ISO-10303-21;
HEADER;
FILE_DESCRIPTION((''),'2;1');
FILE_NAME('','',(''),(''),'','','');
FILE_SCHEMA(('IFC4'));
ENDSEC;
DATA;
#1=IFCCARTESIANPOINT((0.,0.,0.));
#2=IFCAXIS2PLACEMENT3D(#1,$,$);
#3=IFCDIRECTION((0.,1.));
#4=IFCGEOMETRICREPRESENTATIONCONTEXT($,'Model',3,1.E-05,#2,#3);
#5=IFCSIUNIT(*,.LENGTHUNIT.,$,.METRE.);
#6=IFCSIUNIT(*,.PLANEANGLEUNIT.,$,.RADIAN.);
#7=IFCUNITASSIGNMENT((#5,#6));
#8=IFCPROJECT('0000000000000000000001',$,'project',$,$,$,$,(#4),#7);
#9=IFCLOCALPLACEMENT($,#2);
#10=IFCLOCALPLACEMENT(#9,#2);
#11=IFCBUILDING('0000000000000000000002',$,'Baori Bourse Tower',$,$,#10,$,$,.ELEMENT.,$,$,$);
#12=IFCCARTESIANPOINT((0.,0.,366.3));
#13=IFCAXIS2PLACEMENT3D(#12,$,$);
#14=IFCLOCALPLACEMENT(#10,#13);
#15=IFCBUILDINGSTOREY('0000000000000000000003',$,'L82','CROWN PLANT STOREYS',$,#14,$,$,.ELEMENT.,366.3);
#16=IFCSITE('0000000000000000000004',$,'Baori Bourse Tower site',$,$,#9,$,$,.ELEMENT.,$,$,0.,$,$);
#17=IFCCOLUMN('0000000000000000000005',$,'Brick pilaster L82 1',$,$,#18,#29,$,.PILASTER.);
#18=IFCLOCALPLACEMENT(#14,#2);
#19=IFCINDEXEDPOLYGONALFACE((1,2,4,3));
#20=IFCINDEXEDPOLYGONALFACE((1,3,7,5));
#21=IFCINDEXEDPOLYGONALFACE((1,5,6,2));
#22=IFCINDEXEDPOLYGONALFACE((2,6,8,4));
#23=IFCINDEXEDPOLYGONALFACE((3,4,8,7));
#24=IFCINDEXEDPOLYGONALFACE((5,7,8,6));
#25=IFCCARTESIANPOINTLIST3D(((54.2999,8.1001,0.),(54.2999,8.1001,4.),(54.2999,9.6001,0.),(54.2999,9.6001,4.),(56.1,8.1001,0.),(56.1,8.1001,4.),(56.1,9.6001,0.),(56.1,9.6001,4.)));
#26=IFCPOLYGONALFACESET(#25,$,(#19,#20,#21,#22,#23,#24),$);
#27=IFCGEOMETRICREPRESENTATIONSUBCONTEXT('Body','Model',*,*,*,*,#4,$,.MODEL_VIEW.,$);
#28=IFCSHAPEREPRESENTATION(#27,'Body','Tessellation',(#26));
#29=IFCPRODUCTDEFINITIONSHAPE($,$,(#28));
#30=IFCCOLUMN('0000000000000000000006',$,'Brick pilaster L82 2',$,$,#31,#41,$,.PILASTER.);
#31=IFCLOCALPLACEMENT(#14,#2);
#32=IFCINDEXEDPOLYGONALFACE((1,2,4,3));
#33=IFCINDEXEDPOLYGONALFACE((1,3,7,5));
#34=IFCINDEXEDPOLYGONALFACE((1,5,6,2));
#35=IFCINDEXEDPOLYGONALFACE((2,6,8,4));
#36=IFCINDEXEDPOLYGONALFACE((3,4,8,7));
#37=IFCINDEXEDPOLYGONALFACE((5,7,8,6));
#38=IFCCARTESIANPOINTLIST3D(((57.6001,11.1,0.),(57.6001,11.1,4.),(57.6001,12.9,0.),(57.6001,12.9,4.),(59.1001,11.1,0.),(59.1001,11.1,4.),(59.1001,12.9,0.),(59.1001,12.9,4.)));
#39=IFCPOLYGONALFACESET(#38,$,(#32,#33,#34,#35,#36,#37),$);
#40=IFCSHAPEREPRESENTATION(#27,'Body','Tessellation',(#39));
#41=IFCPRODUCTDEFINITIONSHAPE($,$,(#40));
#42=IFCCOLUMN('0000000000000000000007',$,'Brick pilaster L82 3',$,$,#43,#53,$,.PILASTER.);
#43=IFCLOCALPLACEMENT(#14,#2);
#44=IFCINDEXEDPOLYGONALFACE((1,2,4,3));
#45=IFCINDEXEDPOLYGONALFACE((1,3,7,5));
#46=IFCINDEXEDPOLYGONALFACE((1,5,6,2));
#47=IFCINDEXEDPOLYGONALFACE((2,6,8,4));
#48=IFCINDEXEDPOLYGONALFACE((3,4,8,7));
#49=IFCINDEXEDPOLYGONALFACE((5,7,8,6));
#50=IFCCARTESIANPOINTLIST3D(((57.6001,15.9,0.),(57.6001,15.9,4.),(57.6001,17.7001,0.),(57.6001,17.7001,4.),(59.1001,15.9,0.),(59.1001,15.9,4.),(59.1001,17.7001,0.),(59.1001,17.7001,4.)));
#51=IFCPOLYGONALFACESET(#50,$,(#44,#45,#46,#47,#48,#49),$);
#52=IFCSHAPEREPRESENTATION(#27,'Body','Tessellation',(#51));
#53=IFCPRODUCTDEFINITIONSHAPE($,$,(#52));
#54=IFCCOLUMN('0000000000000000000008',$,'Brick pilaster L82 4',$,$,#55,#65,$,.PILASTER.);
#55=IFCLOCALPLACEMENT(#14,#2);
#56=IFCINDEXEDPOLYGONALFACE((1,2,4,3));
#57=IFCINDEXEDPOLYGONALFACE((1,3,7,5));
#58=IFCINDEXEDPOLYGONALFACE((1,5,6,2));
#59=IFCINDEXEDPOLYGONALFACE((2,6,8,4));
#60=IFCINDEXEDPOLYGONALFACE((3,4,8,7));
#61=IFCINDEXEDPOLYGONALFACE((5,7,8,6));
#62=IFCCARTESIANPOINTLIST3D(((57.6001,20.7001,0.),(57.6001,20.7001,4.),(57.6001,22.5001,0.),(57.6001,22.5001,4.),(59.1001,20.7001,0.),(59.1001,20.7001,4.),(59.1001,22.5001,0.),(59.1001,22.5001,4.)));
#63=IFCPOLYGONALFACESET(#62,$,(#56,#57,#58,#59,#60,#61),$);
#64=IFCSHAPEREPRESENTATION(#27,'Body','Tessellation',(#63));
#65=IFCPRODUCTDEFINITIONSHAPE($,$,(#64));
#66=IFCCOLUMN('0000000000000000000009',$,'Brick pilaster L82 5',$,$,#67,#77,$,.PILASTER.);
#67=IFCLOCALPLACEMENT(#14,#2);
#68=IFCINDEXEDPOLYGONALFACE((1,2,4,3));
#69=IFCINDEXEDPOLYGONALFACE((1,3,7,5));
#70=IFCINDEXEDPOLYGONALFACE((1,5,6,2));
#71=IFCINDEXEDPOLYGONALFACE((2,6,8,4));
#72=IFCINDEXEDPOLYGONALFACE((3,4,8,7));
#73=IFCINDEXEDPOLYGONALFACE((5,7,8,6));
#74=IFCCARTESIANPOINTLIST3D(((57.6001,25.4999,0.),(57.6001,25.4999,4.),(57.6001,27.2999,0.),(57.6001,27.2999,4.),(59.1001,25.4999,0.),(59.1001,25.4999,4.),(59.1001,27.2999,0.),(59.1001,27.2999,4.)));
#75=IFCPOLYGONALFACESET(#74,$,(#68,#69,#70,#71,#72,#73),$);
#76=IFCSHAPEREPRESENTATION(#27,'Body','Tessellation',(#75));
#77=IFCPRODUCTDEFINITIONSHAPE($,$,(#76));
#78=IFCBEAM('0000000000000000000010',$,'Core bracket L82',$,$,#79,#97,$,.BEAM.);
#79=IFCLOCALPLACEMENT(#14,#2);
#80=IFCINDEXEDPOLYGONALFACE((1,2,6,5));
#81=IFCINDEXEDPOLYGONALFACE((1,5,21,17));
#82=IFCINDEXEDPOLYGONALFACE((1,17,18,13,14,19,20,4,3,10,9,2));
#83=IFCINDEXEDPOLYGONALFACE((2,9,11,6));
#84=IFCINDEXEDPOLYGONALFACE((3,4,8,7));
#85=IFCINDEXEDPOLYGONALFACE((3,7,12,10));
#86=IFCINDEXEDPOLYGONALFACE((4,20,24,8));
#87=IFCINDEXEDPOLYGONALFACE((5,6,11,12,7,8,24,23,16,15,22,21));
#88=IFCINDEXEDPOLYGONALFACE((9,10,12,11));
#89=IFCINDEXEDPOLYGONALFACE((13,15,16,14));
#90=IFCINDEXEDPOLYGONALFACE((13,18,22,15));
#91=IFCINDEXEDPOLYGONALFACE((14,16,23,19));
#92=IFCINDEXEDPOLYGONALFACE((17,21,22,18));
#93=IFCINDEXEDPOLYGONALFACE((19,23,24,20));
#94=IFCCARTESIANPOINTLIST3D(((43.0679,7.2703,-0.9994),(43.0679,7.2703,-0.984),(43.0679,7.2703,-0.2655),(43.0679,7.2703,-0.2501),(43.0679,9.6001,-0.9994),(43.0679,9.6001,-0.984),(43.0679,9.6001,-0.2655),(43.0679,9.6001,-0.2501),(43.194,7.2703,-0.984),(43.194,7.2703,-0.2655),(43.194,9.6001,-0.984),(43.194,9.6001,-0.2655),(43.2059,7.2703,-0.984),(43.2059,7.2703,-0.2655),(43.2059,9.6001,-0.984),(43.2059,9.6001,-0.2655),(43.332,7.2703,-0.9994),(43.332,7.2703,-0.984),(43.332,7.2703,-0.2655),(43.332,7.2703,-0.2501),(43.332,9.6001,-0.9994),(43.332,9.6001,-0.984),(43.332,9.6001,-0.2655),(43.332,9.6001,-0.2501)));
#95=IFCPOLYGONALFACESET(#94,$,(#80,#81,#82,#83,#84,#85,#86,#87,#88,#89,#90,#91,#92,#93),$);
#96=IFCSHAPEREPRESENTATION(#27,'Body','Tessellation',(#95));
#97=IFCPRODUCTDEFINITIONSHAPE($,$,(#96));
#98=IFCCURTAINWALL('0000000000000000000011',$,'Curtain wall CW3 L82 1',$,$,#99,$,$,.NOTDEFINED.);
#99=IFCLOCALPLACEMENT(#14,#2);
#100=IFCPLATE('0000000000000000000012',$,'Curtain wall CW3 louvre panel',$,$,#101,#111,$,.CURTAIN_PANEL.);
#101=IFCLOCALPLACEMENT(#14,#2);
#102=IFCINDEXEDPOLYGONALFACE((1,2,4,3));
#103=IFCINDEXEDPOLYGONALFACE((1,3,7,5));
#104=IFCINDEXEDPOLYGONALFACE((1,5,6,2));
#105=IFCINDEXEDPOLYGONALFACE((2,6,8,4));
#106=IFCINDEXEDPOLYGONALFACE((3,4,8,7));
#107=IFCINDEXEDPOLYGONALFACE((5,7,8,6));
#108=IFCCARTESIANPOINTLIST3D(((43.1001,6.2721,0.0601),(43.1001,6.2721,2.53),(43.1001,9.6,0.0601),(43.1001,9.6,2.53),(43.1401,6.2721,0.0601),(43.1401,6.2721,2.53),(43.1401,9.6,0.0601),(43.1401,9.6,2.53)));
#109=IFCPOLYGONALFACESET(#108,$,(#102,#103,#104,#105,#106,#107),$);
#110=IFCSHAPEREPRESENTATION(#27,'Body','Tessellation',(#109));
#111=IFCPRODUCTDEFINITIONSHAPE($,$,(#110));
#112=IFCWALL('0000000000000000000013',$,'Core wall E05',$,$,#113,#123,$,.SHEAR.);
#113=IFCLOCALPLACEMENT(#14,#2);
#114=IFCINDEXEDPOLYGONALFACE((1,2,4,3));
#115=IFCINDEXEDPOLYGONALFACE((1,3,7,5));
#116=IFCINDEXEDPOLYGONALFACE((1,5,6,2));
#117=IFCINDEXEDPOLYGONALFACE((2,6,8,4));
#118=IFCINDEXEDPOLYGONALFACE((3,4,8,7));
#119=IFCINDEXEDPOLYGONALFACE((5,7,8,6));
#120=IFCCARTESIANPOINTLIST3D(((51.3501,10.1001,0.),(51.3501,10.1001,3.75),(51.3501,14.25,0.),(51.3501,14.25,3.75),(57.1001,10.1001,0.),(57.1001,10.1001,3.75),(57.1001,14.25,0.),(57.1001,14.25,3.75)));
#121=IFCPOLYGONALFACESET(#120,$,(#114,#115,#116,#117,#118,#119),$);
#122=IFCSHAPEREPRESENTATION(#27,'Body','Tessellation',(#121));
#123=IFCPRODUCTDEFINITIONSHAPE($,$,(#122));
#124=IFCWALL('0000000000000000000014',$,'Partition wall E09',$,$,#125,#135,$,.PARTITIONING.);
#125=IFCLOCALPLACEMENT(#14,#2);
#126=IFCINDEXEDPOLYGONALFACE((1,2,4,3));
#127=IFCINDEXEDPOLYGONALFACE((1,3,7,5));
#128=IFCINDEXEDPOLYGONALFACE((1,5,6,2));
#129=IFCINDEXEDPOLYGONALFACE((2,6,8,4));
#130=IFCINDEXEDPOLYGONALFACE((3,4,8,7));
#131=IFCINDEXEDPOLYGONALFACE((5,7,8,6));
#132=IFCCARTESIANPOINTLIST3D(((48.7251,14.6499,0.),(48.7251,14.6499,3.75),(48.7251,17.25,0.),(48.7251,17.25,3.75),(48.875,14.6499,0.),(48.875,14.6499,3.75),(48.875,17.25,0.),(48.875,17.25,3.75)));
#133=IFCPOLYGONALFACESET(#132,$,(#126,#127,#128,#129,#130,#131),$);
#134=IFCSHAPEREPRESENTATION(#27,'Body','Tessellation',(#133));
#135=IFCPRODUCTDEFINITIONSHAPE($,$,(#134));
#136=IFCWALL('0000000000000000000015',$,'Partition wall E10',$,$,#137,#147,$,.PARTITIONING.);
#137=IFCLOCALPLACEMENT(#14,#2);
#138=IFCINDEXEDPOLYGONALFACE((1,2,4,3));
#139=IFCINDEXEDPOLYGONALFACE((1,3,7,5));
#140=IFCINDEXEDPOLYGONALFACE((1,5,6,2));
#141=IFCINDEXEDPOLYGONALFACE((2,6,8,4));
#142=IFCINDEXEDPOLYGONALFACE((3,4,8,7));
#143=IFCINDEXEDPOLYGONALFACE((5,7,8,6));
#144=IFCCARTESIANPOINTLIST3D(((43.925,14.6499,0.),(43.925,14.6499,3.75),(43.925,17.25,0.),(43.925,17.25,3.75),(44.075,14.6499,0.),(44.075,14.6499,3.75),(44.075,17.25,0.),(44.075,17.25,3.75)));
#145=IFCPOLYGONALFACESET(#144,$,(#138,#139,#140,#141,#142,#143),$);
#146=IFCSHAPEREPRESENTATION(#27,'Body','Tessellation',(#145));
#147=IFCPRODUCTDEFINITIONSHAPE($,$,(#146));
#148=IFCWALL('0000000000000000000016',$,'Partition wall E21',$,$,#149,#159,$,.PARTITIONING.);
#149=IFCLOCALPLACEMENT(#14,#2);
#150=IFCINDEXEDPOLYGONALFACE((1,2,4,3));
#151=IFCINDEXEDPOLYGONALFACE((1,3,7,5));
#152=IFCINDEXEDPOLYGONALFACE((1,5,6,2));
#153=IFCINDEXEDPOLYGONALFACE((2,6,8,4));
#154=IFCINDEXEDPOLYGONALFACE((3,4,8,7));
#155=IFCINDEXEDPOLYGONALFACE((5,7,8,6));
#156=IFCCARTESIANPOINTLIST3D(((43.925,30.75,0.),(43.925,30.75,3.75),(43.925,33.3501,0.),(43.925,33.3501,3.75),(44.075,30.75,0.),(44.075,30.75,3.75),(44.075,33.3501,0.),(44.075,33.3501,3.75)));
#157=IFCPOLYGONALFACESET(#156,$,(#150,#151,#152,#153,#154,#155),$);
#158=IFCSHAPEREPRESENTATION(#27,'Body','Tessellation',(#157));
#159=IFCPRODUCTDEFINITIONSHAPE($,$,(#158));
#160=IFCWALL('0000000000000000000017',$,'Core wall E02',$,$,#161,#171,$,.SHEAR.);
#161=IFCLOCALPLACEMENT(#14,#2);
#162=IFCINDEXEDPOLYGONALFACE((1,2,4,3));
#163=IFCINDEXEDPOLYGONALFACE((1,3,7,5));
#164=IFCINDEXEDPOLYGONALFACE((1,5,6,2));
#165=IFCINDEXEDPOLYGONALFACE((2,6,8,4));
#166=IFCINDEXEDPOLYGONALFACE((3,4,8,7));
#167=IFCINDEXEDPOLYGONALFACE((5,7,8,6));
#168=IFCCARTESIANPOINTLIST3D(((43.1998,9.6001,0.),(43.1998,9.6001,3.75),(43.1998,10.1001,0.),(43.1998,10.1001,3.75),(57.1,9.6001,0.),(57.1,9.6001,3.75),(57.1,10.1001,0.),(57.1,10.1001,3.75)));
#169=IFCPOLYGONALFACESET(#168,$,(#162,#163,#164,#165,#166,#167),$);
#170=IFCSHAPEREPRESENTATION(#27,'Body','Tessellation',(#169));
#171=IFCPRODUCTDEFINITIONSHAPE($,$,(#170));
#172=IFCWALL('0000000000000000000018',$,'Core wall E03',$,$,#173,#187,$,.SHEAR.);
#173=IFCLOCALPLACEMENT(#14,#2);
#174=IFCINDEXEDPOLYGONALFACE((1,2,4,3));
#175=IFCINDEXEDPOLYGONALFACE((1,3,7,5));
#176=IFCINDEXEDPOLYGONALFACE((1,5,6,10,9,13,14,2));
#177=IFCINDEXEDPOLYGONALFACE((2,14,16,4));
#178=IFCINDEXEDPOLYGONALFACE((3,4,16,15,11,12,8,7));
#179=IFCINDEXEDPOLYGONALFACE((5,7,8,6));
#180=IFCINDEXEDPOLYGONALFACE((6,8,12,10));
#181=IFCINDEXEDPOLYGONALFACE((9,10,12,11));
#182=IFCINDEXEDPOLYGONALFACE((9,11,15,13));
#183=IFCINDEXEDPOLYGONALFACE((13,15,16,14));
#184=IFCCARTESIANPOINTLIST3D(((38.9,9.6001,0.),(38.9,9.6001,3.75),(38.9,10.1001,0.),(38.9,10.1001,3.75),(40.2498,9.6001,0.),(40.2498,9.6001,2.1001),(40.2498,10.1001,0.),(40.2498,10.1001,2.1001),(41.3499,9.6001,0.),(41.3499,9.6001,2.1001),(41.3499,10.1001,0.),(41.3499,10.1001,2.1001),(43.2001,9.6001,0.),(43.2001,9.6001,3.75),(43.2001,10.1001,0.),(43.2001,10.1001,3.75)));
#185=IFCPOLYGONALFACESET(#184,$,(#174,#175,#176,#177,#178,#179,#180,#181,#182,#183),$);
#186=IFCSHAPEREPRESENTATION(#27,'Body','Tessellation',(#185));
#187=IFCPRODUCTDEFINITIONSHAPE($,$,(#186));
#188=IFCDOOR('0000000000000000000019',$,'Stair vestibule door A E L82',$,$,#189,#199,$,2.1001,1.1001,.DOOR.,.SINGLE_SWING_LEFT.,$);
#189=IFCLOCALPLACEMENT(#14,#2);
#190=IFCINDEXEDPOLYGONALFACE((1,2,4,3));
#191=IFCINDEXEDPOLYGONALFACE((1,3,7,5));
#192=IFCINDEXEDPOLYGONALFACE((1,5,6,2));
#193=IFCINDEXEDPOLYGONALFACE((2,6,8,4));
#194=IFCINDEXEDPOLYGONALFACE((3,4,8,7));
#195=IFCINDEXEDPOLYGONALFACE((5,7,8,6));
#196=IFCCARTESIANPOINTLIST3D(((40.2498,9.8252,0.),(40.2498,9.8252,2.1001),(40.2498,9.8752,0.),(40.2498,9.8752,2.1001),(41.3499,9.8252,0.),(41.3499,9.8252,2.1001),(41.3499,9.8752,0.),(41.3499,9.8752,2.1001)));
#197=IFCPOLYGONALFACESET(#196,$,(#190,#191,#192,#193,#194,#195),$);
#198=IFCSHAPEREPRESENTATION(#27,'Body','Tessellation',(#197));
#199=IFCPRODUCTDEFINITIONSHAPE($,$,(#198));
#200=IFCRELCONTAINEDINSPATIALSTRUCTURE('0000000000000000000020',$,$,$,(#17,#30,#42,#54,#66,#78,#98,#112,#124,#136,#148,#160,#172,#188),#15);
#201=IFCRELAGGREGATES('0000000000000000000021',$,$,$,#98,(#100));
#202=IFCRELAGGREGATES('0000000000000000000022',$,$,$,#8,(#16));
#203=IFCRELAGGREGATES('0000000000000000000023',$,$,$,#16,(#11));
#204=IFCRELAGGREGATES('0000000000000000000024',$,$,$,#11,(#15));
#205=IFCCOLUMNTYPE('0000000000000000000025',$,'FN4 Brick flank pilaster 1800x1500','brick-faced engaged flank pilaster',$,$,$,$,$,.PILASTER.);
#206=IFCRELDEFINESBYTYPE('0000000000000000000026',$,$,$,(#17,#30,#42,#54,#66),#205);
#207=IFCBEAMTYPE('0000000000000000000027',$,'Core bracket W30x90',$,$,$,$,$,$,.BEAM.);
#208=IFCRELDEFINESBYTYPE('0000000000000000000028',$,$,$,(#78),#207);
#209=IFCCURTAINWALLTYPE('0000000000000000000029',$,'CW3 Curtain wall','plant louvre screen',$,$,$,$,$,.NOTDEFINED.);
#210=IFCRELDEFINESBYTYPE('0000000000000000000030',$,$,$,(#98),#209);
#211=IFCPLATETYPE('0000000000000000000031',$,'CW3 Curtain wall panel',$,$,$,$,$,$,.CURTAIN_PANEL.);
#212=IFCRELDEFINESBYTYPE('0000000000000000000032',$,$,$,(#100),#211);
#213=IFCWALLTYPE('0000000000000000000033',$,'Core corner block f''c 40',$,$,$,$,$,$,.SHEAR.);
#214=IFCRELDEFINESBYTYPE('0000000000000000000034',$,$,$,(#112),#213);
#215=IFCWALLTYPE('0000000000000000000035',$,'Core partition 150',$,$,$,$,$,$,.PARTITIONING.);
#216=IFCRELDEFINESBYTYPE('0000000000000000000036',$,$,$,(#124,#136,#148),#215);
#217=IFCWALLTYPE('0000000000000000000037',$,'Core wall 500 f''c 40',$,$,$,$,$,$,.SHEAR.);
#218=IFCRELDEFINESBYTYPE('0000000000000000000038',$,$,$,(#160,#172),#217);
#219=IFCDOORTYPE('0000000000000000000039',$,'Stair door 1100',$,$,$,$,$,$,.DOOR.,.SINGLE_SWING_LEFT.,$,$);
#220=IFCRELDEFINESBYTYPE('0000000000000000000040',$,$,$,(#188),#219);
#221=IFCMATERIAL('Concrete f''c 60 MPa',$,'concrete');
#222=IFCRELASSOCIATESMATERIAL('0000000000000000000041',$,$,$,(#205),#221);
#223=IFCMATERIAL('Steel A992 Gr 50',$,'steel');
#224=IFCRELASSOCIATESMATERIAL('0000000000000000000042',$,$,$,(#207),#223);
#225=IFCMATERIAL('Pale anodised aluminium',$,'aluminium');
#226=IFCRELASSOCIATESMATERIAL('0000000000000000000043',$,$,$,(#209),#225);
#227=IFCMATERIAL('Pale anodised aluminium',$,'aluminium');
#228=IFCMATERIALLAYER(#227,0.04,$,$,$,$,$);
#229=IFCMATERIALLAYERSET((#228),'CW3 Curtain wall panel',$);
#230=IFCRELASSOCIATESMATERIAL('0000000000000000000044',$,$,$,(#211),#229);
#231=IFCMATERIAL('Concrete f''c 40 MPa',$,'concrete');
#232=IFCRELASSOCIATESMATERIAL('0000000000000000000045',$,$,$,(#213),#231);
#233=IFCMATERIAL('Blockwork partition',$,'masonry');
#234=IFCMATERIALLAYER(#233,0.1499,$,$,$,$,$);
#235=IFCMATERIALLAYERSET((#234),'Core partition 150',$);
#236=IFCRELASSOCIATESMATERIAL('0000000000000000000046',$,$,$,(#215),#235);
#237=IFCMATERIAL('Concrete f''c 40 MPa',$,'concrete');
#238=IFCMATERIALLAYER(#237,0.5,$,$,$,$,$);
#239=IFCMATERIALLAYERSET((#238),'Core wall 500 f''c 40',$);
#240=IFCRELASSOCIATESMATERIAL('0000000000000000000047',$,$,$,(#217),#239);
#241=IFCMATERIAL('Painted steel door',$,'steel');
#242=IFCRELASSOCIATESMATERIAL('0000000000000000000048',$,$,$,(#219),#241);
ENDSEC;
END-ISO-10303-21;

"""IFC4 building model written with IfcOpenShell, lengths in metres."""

from ifc_helpers import new_model, si_unit, direction, frame, frame_2d, origin, origin_2d, place, context, subcontext, project, spatial, rectangle, i_section, extrude, material, layer, layer_set, material_profile, profile_set, type_object, element, fill, aggregate, save


model = new_model("IFC4")

# Units and contexts
model_context = context("Model", 3, precision=1e-05, world=origin(), true_north=direction((0.0, 1.0)))
body_context = subcontext(model_context, "Body", "Model", "MODEL_VIEW")
ifc_project = project(units=[si_unit("LENGTHUNIT", "METRE"), si_unit("PLANEANGLEUNIT", "RADIAN")], contexts=[model_context])

# Site, building, storey
site_placement = place(None, origin())
site = spatial("IfcSite", under=ifc_project, at=site_placement, Name="Baori Bourse Tower site", CompositionType="ELEMENT", RefElevation=0.0)
building_placement = place(site_placement, origin())
building = spatial("IfcBuilding", under=site, at=building_placement, Name="Baori Bourse Tower", CompositionType="ELEMENT")
storey_placement = place(building_placement, frame((0.0, 0.0, 366.3)))
storey = spatial("IfcBuildingStorey", under=building, at=storey_placement, Name="L82", Description="CROWN PLANT STOREYS", CompositionType="ELEMENT", Elevation=366.3)

# Columns
ifc_material_1 = material(Name="Concrete f'c 60 MPa", Category="concrete")
ifc_material_profile_1 = material_profile(ifc_material_1, rectangle(XDim=1.8, YDim=1.5, at=origin_2d()), Name="RC 1800x1500")
ifc_profile_set_1 = profile_set([ifc_material_profile_1], Name="Concrete f'c 60 MPa")
column_type = type_object("IfcColumnType", Name="FN4 Brick flank pilaster 1800x1500", Description="brick-faced engaged flank pilaster", PredefinedType="PILASTER", material=ifc_profile_set_1)
for number, where, z_axis, x_axis, name in (
    (1, (55.2, 8.8501, 0.0), (0.0, 0.0, 1.0), (1.0, 0.0, 0.0), "Brick pilaster L82 1"),
    (2, (58.3501, 12.0, 0.0), (0.0, 0.0, 1.0), (0.0, 1.0, 0.0), "Brick pilaster L82 2"),
    (3, (58.3501, 16.8, 0.0), (0.0, 0.0, 1.0), (0.0, 1.0, 0.0), "Brick pilaster L82 3"),
    (4, (58.3501, 21.6001, 0.0), (0.0, 0.0, 1.0), (0.0, 1.0, 0.0), "Brick pilaster L82 4"),
    (5, (58.3501, 26.3999, 0.0), (0.0, 0.0, 1.0), (0.0, 1.0, 0.0), "Brick pilaster L82 5"),
):
    element("IfcColumn", number, at=place(storey_placement, frame(where, z_axis=z_axis, x_axis=x_axis)), inside=storey, type_object=column_type, Name=name, PredefinedType="PILASTER", context=body_context, shape_type="SweptSolid", body=[
        extrude(rectangle(XDim=1.8, YDim=1.5, at=origin_2d()), origin(), (0.0, 0.0, 1.0), 4.0),
    ])

# Beam
ifc_material_2 = material(Name="Steel A992 Gr 50", Category="steel")
ifc_material_profile_2 = material_profile(ifc_material_2, i_section(OverallWidth=0.2642, OverallDepth=0.7493, WebThickness=0.012, FlangeThickness=0.0154, at=origin_2d()), Name="W30x90")
ifc_profile_set_2 = profile_set([ifc_material_profile_2], Name="Steel A992 Gr 50")
beam_type = type_object("IfcBeamType", Name="Core bracket W30x90", PredefinedType="BEAM", material=ifc_profile_set_2)
beam_placement = place(storey_placement, frame((43.2, 7.2703, -0.6248), z_axis=(0.0, 1.0, 0.0), x_axis=(-1.0, 0.0, 0.0)))
element("IfcBeam", 6, at=beam_placement, inside=storey, type_object=beam_type, Name="Core bracket L82", PredefinedType="BEAM", context=body_context, shape_type="SweptSolid", body=[
    extrude(i_section(OverallWidth=0.2642, OverallDepth=0.7493, WebThickness=0.012, FlangeThickness=0.0154, at=origin_2d()), origin(), (0.0, 0.0, 1.0), 2.3298),
])

# Curtain wall, plate
ifc_material_3 = material(Name="Pale anodised aluminium", Category="aluminium")
curtain_wall_type = type_object("IfcCurtainWallType", Name="CW3 Curtain wall", Description="plant louvre screen", PredefinedType="NOTDEFINED", material=ifc_material_3)
curtain_wall_placement = place(storey_placement, origin())
curtain_wall = element("IfcCurtainWall", 7, at=curtain_wall_placement, inside=storey, type_object=curtain_wall_type, Name="Curtain wall CW3 L82 1", PredefinedType="NOTDEFINED")
ifc_material_4 = material(Name="Pale anodised aluminium", Category="aluminium")
ifc_layer_1 = layer(ifc_material_4, 0.04)
ifc_layer_set_1 = layer_set([ifc_layer_1], Name="CW3 Curtain wall panel")
plate_type = type_object("IfcPlateType", Name="CW3 Curtain wall panel", PredefinedType="CURTAIN_PANEL", material=ifc_layer_set_1)
plate_placement = place(storey_placement, frame((43.1201, 7.936, 0.0601), z_axis=(0.0, 0.0, 1.0), x_axis=(0.0, 1.0, 0.0)))
plate = element("IfcPlate", 8, at=plate_placement, type_object=plate_type, Name="Curtain wall CW3 louvre panel", PredefinedType="CURTAIN_PANEL", context=body_context, shape_type="SweptSolid", body=[
    extrude(rectangle(XDim=3.3279, YDim=0.04, at=origin_2d()), origin(), (0.0, 0.0, 1.0), 2.47),
])
aggregate(curtain_wall, [plate])

# Walls
ifc_material_5 = material(Name="Concrete f'c 40 MPa", Category="concrete")
wall_type_1 = type_object("IfcWallType", Name="Core corner block f'c 40", PredefinedType="SHEAR", material=ifc_material_5)
wall_1_placement = place(storey_placement, frame((51.3501, 12.175, 0.0), z_axis=(0.0, 0.0, 1.0), x_axis=(1.0, 0.0, 0.0)))
element("IfcWall", 9, at=wall_1_placement, inside=storey, type_object=wall_type_1, Name="Core wall E05", PredefinedType="SHEAR", context=body_context, shape_type="SweptSolid", body=[
    extrude(rectangle(XDim=5.75, YDim=4.1499, at=frame_2d((2.875, 0.0))), origin(), (0.0, 0.0, 1.0), 3.75),
])
ifc_material_6 = material(Name="Blockwork partition", Category="masonry")
ifc_layer_2 = layer(ifc_material_6, 0.1499)
ifc_layer_set_2 = layer_set([ifc_layer_2], Name="Core partition 150")
wall_type_2 = type_object("IfcWallType", Name="Core partition 150", PredefinedType="PARTITIONING", material=ifc_layer_set_2)
for number, where, z_axis, x_axis, name in (
    (10, (48.8, 14.6499, 0.0), (0.0, 0.0, 1.0), (0.0, 1.0, 0.0), "Partition wall E09"),
    (11, (44.0, 14.6499, 0.0), (0.0, 0.0, 1.0), (0.0, 1.0, 0.0), "Partition wall E10"),
    (12, (44.0, 30.75, 0.0), (0.0, 0.0, 1.0), (0.0, 1.0, 0.0), "Partition wall E21"),
):
    element("IfcWall", number, at=place(storey_placement, frame(where, z_axis=z_axis, x_axis=x_axis)), inside=storey, type_object=wall_type_2, Name=name, PredefinedType="PARTITIONING", context=body_context, shape_type="SweptSolid", body=[
        extrude(rectangle(XDim=2.6001, YDim=0.1499, at=frame_2d((1.3, 0.0))), origin(), (0.0, 0.0, 1.0), 3.75),
    ])
ifc_material_7 = material(Name="Concrete f'c 40 MPa", Category="concrete")
ifc_layer_3 = layer(ifc_material_7, 0.5)
ifc_layer_set_3 = layer_set([ifc_layer_3], Name="Core wall 500 f'c 40")
wall_type_3 = type_object("IfcWallType", Name="Core wall 500 f'c 40", PredefinedType="SHEAR", material=ifc_layer_set_3)
wall_2_placement = place(storey_placement, frame((57.1001, 9.8501, 0.0), z_axis=(0.0, 0.0, 1.0), x_axis=(-1.0, 0.0, 0.0)))
element("IfcWall", 13, at=wall_2_placement, inside=storey, type_object=wall_type_3, Name="Core wall E02", PredefinedType="SHEAR", context=body_context, shape_type="SweptSolid", body=[
    extrude(rectangle(XDim=13.9001, YDim=0.5, at=frame_2d((6.9502, 0.0))), origin(), (0.0, 0.0, 1.0), 3.75),
])

# Wall, opening, door
wall_3_placement = place(storey_placement, frame((43.2, 9.8501, 0.0), z_axis=(0.0, 0.0, 1.0), x_axis=(-1.0, 0.0, 0.0)))
wall_3 = element("IfcWall", 14, at=wall_3_placement, inside=storey, type_object=wall_type_3, Name="Core wall E03", PredefinedType="SHEAR", context=body_context, shape_type="SweptSolid", body=[
    extrude(rectangle(XDim=4.3, YDim=0.5, at=frame_2d((2.1499, 0.0))), origin(), (0.0, 0.0, 1.0), 3.75),
])
opening_1_placement = place(wall_3_placement, frame((1.8501, 0.0, 0.0)))
opening_1 = element("IfcOpeningElement", 15, at=opening_1_placement, cuts=wall_3, PredefinedType="OPENING", context=body_context, shape_type="SweptSolid", body=[
    extrude(rectangle(XDim=1.1001, YDim=2.1001, at=frame_2d((0.55, 1.05))), frame((0.0, 0.26, 0.0), z_axis=(0.0, -1.0, 0.0), x_axis=(1.0, 0.0, 0.0)), (0.0, 0.0, 1.0), 0.52),
])
ifc_material_8 = material(Name="Painted steel door", Category="steel")
door_type_1 = type_object("IfcDoorType", Name="Stair door 1100", OperationType="SINGLE_SWING_LEFT", PredefinedType="DOOR", material=ifc_material_8)
door_1_placement = place(opening_1_placement, origin())
door_1 = element("IfcDoor", 16, at=door_1_placement, inside=storey, type_object=door_type_1, Name="Stair vestibule door A E L82", OperationType="SINGLE_SWING_LEFT", OverallHeight=2.1001, OverallWidth=1.1001, PredefinedType="DOOR", context=body_context, shape_type="SweptSolid", body=[
    extrude(rectangle(XDim=1.1001, YDim=2.1001, at=frame_2d((0.55, 1.05))), frame((0.0, 0.0249, 0.0), z_axis=(0.0, -1.0, 0.0), x_axis=(1.0, 0.0, 0.0)), (0.0, 0.0, 1.0), 0.05),
])
fill(opening_1, door_1)

save(model, "model.ifc")
